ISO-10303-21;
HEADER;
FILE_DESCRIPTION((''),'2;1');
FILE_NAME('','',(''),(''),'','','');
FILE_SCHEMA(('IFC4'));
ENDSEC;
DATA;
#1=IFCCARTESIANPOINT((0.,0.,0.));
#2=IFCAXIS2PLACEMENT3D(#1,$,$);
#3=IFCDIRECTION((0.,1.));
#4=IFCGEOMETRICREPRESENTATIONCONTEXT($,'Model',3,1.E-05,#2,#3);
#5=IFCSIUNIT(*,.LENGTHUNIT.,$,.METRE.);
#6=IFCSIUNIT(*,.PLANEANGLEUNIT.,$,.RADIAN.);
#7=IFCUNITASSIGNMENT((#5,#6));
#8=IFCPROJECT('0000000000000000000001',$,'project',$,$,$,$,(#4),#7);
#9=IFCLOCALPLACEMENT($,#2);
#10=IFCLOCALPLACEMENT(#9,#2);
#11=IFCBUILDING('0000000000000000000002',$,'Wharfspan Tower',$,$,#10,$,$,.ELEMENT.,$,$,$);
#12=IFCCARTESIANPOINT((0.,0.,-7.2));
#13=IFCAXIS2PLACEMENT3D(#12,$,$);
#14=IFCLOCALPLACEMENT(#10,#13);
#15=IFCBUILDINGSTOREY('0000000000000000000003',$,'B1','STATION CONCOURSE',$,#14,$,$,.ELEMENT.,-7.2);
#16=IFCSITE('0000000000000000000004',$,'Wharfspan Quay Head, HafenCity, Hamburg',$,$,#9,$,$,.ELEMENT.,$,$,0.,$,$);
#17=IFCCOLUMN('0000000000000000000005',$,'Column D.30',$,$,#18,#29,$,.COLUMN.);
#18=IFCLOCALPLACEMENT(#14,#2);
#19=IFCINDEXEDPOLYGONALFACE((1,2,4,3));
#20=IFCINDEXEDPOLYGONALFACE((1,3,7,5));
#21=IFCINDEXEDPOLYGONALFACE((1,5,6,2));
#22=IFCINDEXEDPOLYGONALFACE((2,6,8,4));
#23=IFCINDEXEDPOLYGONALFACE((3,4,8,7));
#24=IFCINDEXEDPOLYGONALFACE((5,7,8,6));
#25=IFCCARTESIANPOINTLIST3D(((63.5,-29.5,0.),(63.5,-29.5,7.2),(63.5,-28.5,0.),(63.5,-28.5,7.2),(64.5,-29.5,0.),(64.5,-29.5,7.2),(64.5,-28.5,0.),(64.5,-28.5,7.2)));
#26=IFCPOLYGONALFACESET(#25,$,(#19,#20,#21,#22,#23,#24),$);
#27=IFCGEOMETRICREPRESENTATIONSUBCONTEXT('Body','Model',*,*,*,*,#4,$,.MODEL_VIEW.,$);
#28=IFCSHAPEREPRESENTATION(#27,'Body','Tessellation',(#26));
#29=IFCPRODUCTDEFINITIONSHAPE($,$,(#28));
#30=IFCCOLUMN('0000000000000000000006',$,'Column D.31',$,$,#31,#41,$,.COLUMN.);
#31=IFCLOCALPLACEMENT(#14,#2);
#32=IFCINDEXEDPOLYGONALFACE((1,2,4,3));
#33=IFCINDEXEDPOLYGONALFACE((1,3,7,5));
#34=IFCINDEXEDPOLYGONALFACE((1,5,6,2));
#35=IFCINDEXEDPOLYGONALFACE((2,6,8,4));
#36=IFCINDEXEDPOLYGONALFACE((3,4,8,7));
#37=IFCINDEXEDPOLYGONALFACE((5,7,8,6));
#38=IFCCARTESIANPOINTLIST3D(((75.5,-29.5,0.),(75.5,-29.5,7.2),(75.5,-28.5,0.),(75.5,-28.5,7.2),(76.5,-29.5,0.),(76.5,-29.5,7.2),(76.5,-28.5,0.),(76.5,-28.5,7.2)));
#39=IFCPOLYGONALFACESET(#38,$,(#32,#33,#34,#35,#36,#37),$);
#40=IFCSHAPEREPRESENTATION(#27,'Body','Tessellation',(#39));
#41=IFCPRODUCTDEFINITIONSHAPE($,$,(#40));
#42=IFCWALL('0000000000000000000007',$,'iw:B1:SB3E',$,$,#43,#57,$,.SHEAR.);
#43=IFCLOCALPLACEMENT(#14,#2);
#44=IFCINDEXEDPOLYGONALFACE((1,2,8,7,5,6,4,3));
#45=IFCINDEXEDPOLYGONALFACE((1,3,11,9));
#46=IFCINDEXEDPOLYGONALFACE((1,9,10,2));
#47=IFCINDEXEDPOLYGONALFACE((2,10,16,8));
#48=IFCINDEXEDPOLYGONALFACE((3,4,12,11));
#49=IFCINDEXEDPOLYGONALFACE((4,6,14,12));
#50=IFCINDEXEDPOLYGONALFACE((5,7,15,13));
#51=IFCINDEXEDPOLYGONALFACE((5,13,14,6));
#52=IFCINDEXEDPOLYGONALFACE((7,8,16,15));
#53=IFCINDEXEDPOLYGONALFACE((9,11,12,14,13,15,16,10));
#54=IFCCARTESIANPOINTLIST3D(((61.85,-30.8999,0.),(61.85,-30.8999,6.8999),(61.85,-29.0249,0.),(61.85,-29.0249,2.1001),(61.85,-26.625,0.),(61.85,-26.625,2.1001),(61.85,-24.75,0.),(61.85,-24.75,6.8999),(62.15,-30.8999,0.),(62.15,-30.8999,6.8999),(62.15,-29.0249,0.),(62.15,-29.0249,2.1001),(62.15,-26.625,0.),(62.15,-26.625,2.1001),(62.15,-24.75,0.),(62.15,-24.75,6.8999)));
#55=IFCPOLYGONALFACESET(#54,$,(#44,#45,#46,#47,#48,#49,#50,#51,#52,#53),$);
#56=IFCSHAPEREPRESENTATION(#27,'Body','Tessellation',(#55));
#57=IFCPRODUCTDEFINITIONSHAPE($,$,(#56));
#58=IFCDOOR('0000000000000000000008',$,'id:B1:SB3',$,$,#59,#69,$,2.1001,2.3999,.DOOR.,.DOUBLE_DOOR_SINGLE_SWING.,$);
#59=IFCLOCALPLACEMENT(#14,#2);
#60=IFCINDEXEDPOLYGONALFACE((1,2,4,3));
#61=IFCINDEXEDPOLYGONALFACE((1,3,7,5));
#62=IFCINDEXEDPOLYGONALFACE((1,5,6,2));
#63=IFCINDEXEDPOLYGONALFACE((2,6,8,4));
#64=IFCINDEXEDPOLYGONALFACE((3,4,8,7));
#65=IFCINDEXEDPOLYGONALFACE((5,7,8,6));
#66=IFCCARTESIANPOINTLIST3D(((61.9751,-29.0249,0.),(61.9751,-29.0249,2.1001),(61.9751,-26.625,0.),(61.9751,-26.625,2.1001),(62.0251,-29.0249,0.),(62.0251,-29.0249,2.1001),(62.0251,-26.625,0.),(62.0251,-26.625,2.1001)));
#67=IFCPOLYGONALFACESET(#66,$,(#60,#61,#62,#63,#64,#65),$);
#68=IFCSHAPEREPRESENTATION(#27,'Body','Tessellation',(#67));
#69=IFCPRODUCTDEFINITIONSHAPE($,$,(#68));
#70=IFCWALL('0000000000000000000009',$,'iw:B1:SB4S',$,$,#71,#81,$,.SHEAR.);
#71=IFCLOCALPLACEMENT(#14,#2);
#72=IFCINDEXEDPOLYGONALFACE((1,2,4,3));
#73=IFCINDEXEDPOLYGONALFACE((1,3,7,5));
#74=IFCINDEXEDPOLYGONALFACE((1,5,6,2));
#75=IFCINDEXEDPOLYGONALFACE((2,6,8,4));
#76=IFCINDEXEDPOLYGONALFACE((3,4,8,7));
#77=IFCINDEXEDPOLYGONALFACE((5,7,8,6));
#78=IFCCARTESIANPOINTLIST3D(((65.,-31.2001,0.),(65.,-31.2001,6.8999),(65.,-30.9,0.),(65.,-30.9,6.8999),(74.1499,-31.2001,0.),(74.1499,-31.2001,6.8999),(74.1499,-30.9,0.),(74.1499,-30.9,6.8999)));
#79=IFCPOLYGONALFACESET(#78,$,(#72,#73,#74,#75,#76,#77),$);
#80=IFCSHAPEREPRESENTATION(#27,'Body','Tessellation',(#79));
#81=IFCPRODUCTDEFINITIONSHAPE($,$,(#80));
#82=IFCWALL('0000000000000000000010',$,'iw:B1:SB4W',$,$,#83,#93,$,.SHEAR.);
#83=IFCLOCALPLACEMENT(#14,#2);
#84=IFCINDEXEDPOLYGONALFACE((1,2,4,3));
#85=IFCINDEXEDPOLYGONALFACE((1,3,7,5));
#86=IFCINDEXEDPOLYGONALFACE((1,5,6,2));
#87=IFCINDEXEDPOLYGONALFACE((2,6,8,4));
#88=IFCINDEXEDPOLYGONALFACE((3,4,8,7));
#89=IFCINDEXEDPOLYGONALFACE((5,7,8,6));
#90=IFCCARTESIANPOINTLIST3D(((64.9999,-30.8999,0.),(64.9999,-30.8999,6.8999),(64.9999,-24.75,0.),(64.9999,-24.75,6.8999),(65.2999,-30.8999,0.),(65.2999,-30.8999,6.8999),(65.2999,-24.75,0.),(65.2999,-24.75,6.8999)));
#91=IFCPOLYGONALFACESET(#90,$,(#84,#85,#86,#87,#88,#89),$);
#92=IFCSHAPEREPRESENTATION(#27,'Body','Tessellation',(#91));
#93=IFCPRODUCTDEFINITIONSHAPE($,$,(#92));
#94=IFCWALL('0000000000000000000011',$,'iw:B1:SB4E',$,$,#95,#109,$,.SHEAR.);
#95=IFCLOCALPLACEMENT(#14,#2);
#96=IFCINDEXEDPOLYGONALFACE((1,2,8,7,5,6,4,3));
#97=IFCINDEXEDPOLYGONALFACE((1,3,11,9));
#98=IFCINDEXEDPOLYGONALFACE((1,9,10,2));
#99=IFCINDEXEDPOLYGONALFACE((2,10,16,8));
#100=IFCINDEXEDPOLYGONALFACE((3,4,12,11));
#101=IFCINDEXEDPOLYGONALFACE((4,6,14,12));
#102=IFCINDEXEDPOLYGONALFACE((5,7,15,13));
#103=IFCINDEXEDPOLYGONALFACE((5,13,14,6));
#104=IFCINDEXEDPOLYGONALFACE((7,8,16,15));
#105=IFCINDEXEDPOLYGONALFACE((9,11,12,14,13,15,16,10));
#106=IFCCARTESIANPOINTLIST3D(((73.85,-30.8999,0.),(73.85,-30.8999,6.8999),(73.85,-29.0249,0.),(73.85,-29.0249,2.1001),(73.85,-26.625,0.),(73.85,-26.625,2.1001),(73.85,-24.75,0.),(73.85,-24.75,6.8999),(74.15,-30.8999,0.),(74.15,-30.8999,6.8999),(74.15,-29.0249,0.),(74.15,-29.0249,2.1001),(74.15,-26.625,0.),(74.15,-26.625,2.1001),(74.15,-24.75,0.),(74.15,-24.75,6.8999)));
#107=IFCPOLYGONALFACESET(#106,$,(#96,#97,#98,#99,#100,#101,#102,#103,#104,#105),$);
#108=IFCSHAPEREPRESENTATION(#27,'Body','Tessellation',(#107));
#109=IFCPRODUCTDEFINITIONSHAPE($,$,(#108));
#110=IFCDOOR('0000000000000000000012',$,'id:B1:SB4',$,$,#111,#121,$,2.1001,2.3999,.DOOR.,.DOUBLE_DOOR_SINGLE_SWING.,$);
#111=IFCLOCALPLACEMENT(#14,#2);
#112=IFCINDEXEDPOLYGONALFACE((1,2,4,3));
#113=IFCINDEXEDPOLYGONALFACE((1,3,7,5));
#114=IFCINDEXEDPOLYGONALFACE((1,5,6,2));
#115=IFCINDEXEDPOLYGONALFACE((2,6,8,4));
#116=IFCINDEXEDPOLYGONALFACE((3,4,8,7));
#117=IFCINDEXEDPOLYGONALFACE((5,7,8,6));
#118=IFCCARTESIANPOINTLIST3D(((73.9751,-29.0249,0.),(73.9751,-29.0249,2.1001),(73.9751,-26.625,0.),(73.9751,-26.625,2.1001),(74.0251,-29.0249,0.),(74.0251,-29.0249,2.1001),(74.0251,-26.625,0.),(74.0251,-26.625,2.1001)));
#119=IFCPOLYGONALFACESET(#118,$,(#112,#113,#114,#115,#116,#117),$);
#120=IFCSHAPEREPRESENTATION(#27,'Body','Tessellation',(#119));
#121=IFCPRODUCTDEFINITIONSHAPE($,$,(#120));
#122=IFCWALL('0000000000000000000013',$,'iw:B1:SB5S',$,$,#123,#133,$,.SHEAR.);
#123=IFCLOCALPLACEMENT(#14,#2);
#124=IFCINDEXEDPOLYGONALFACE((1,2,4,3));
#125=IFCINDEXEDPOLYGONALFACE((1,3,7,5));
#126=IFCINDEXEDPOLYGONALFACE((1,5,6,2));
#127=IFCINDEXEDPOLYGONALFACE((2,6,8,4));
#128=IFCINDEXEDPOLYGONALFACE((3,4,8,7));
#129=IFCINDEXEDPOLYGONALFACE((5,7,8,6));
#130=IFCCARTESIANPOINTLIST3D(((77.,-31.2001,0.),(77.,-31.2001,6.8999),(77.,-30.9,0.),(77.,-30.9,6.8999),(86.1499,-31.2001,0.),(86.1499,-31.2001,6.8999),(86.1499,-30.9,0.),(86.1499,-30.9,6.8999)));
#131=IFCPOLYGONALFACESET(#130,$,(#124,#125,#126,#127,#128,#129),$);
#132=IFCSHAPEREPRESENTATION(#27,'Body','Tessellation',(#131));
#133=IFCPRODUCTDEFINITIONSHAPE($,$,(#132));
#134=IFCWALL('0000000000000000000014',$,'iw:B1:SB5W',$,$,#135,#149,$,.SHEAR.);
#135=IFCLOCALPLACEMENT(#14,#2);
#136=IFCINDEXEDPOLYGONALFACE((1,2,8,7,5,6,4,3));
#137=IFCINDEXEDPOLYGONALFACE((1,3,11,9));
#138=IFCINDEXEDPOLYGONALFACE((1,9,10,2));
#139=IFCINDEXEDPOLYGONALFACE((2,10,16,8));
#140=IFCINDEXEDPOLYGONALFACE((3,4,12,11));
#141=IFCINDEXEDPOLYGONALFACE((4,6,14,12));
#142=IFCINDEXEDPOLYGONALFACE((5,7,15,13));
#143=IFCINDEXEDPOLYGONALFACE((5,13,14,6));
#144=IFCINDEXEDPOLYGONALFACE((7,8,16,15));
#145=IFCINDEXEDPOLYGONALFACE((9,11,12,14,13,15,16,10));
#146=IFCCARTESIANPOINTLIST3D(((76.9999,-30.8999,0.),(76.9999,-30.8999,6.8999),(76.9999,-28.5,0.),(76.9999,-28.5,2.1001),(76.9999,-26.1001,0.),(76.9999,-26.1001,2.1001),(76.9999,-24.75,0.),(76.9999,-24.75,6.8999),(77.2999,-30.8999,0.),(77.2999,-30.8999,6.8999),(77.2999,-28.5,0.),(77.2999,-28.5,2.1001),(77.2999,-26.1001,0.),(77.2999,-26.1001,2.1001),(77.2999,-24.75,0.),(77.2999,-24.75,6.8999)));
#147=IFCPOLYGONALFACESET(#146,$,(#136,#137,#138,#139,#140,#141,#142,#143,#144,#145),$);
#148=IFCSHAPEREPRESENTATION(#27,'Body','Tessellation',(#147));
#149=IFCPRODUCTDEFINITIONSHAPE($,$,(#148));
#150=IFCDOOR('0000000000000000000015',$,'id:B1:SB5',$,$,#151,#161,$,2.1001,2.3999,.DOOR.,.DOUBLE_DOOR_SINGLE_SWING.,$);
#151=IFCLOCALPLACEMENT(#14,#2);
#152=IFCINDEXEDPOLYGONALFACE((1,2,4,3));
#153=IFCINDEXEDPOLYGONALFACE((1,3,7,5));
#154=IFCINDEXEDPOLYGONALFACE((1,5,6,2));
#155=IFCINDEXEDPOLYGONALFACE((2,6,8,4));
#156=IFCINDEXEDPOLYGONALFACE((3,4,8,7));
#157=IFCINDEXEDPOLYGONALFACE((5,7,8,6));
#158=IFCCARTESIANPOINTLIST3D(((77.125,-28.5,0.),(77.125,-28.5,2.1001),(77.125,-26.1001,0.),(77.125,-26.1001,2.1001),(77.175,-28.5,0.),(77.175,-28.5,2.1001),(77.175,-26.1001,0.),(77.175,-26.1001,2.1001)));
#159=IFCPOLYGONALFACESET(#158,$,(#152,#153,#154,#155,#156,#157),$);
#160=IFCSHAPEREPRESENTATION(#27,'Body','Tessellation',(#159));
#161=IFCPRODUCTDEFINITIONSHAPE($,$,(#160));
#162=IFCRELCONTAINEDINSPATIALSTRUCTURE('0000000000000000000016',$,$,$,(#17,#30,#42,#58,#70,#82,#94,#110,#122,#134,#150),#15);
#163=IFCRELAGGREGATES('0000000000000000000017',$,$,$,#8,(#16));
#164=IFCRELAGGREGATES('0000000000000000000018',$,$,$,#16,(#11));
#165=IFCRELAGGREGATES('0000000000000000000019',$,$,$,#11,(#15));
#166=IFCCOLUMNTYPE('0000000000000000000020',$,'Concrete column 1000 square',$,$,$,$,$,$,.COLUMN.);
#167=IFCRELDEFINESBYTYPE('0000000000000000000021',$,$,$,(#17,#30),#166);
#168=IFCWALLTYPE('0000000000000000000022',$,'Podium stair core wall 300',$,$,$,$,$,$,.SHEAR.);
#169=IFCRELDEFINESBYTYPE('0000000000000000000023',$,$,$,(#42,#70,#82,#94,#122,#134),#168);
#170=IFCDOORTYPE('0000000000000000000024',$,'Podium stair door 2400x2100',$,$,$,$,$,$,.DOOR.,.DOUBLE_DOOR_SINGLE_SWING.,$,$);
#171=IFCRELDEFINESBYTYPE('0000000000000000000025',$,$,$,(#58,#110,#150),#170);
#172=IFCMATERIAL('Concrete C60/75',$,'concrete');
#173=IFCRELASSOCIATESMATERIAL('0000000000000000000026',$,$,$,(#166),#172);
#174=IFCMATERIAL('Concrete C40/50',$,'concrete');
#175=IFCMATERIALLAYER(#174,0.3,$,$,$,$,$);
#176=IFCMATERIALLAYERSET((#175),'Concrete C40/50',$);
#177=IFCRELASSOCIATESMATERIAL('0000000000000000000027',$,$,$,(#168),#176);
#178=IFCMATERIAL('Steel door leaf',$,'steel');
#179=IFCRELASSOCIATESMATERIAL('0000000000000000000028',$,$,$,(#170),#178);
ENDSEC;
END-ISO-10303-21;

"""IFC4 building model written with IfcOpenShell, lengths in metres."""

from ifc_helpers import new_model, si_unit, direction, frame, frame_2d, origin, origin_2d, place, context, subcontext, project, spatial, rectangle, extrude, material, layer, layer_set, material_profile, profile_set, type_object, element, fill, save


model = new_model("IFC4")

# Units and contexts
model_context = context("Model", 3, precision=1e-05, world=origin(), true_north=direction((0.0, 1.0)))
body_context = subcontext(model_context, "Body", "Model", "MODEL_VIEW")
ifc_project = project(units=[si_unit("LENGTHUNIT", "METRE"), si_unit("PLANEANGLEUNIT", "RADIAN")], contexts=[model_context])

# Site, building, storey
site_placement = place(None, origin())
site = spatial("IfcSite", under=ifc_project, at=site_placement, Name="Wharfspan Quay Head, HafenCity, Hamburg", CompositionType="ELEMENT", RefElevation=0.0)
building_placement = place(site_placement, origin())
building = spatial("IfcBuilding", under=site, at=building_placement, Name="Wharfspan Tower", CompositionType="ELEMENT")
storey_placement = place(building_placement, frame((0.0, 0.0, -7.2)))
storey = spatial("IfcBuildingStorey", under=building, at=storey_placement, Name="B1", Description="STATION CONCOURSE", CompositionType="ELEMENT", Elevation=-7.2)

# Columns
ifc_material_1 = material(Name="Concrete C60/75", Category="concrete")
ifc_material_profile = material_profile(ifc_material_1, rectangle(XDim=1.0, YDim=1.0, at=origin_2d()))
ifc_profile_set = profile_set([ifc_material_profile], Name="Concrete C60/75")
column_type = type_object("IfcColumnType", Name="Concrete column 1000 square", PredefinedType="COLUMN", material=ifc_profile_set)
for number, where, z_axis, x_axis, name in (
    (1, (64.0, -29.0, 0.0), (0.0, 0.0, 1.0), (1.0, 0.0, 0.0), "Column D.30"),
    (2, (76.0, -29.0, 0.0), (0.0, 0.0, 1.0), (1.0, 0.0, 0.0), "Column D.31"),
):
    element("IfcColumn", number, at=place(storey_placement, frame(where, z_axis=z_axis, x_axis=x_axis)), inside=storey, type_object=column_type, Name=name, PredefinedType="COLUMN", context=body_context, shape_type="SweptSolid", body=[
        extrude(rectangle(XDim=1.0, YDim=1.0, at=origin_2d()), origin(), (0.0, 0.0, 1.0), 7.2),
    ])

# Wall, opening, door
ifc_material_2 = material(Name="Concrete C40/50", Category="concrete")
ifc_layer = layer(ifc_material_2, 0.3)
ifc_layer_set = layer_set([ifc_layer], Name="Concrete C40/50")
wall_type = type_object("IfcWallType", Name="Podium stair core wall 300", PredefinedType="SHEAR", material=ifc_layer_set)
wall_1_placement = place(storey_placement, frame((62.0, -30.8999, 0.0), z_axis=(0.0, 0.0, 1.0), x_axis=(0.0, 1.0, 0.0)))
wall_1 = element("IfcWall", 3, at=wall_1_placement, inside=storey, type_object=wall_type, Name="iw:B1:SB3E", PredefinedType="SHEAR", context=body_context, shape_type="SweptSolid", body=[
    extrude(rectangle(XDim=6.1499, YDim=0.3, at=frame_2d((3.075, 0.0))), origin(), (0.0, 0.0, 1.0), 6.8999),
])
opening_1_placement = place(wall_1_placement, frame((1.875, 0.0, 0.0)))
opening_1 = element("IfcOpeningElement", 4, at=opening_1_placement, cuts=wall_1, PredefinedType="OPENING", context=body_context, shape_type="SweptSolid", body=[
    extrude(rectangle(XDim=2.3999, YDim=2.1001, at=frame_2d((1.2, 1.05))), frame((0.0, 0.1599, 0.0), z_axis=(0.0, -1.0, 0.0), x_axis=(1.0, 0.0, 0.0)), (0.0, 0.0, 1.0), 0.3201),
])
ifc_material_3 = material(Name="Steel door leaf", Category="steel")
door_type = type_object("IfcDoorType", Name="Podium stair door 2400x2100", OperationType="DOUBLE_DOOR_SINGLE_SWING", PredefinedType="DOOR", material=ifc_material_3)
door_1_placement = place(opening_1_placement, origin())
door_1 = element("IfcDoor", 5, at=door_1_placement, inside=storey, type_object=door_type, Name="id:B1:SB3", OperationType="DOUBLE_DOOR_SINGLE_SWING", OverallHeight=2.1001, OverallWidth=2.3999, PredefinedType="DOOR", context=body_context, shape_type="SweptSolid", body=[
    extrude(rectangle(XDim=2.3999, YDim=2.1001, at=frame_2d((1.2, 1.05))), frame((0.0, 0.0249, 0.0), z_axis=(0.0, -1.0, 0.0), x_axis=(1.0, 0.0, 0.0)), (0.0, 0.0, 1.0), 0.05),
])
fill(opening_1, door_1)

# Walls
wall_2_placement = place(storey_placement, frame((65.0, -31.05, 0.0), z_axis=(0.0, 0.0, 1.0), x_axis=(1.0, 0.0, 0.0)))
element("IfcWall", 6, at=wall_2_placement, inside=storey, type_object=wall_type, Name="iw:B1:SB4S", PredefinedType="SHEAR", context=body_context, shape_type="SweptSolid", body=[
    extrude(rectangle(XDim=9.1499, YDim=0.3, at=frame_2d((4.575, 0.0))), origin(), (0.0, 0.0, 1.0), 6.8999),
])
wall_3_placement = place(storey_placement, frame((65.1499, -30.8999, 0.0), z_axis=(0.0, 0.0, 1.0), x_axis=(0.0, 1.0, 0.0)))
element("IfcWall", 7, at=wall_3_placement, inside=storey, type_object=wall_type, Name="iw:B1:SB4W", PredefinedType="SHEAR", context=body_context, shape_type="SweptSolid", body=[
    extrude(rectangle(XDim=6.1499, YDim=0.3, at=frame_2d((3.075, 0.0))), origin(), (0.0, 0.0, 1.0), 6.8999),
])

# Wall, opening, door
wall_4_placement = place(storey_placement, frame((74.0, -30.8999, 0.0), z_axis=(0.0, 0.0, 1.0), x_axis=(0.0, 1.0, 0.0)))
wall_4 = element("IfcWall", 8, at=wall_4_placement, inside=storey, type_object=wall_type, Name="iw:B1:SB4E", PredefinedType="SHEAR", context=body_context, shape_type="SweptSolid", body=[
    extrude(rectangle(XDim=6.1499, YDim=0.3, at=frame_2d((3.075, 0.0))), origin(), (0.0, 0.0, 1.0), 6.8999),
])
opening_2_placement = place(wall_4_placement, frame((1.875, 0.0, 0.0)))
opening_2 = element("IfcOpeningElement", 9, at=opening_2_placement, cuts=wall_4, PredefinedType="OPENING", context=body_context, shape_type="SweptSolid", body=[
    extrude(rectangle(XDim=2.3999, YDim=2.1001, at=frame_2d((1.2, 1.05))), frame((0.0, 0.1599, 0.0), z_axis=(0.0, -1.0, 0.0), x_axis=(1.0, 0.0, 0.0)), (0.0, 0.0, 1.0), 0.3201),
])
door_2_placement = place(opening_2_placement, origin())
door_2 = element("IfcDoor", 10, at=door_2_placement, inside=storey, type_object=door_type, Name="id:B1:SB4", OperationType="DOUBLE_DOOR_SINGLE_SWING", OverallHeight=2.1001, OverallWidth=2.3999, PredefinedType="DOOR", context=body_context, shape_type="SweptSolid", body=[
    extrude(rectangle(XDim=2.3999, YDim=2.1001, at=frame_2d((1.2, 1.05))), frame((0.0, 0.0249, 0.0), z_axis=(0.0, -1.0, 0.0), x_axis=(1.0, 0.0, 0.0)), (0.0, 0.0, 1.0), 0.05),
])
fill(opening_2, door_2)

# Wall
wall_5_placement = place(storey_placement, frame((77.0, -31.05, 0.0), z_axis=(0.0, 0.0, 1.0), x_axis=(1.0, 0.0, 0.0)))
element("IfcWall", 11, at=wall_5_placement, inside=storey, type_object=wall_type, Name="iw:B1:SB5S", PredefinedType="SHEAR", context=body_context, shape_type="SweptSolid", body=[
    extrude(rectangle(XDim=9.1499, YDim=0.3, at=frame_2d((4.575, 0.0))), origin(), (0.0, 0.0, 1.0), 6.8999),
])

# Wall, opening, door
wall_6_placement = place(storey_placement, frame((77.1499, -30.8999, 0.0), z_axis=(0.0, 0.0, 1.0), x_axis=(0.0, 1.0, 0.0)))
wall_6 = element("IfcWall", 12, at=wall_6_placement, inside=storey, type_object=wall_type, Name="iw:B1:SB5W", PredefinedType="SHEAR", context=body_context, shape_type="SweptSolid", body=[
    extrude(rectangle(XDim=6.1499, YDim=0.3, at=frame_2d((3.075, 0.0))), origin(), (0.0, 0.0, 1.0), 6.8999),
])
opening_3_placement = place(wall_6_placement, frame((2.3999, 0.0, 0.0)))
opening_3 = element("IfcOpeningElement", 13, at=opening_3_placement, cuts=wall_6, PredefinedType="OPENING", context=body_context, shape_type="SweptSolid", body=[
    extrude(rectangle(XDim=2.3999, YDim=2.1001, at=frame_2d((1.2, 1.05))), frame((0.0, 0.1599, 0.0), z_axis=(0.0, -1.0, 0.0), x_axis=(1.0, 0.0, 0.0)), (0.0, 0.0, 1.0), 0.3201),
])
door_3_placement = place(opening_3_placement, origin())
door_3 = element("IfcDoor", 14, at=door_3_placement, inside=storey, type_object=door_type, Name="id:B1:SB5", OperationType="DOUBLE_DOOR_SINGLE_SWING", OverallHeight=2.1001, OverallWidth=2.3999, PredefinedType="DOOR", context=body_context, shape_type="SweptSolid", body=[
    extrude(rectangle(XDim=2.3999, YDim=2.1001, at=frame_2d((1.2, 1.05))), frame((0.0, 0.0249, 0.0), z_axis=(0.0, -1.0, 0.0), x_axis=(1.0, 0.0, 0.0)), (0.0, 0.0, 1.0), 0.05),
])
fill(opening_3, door_3)

save(model, "model.ifc")
